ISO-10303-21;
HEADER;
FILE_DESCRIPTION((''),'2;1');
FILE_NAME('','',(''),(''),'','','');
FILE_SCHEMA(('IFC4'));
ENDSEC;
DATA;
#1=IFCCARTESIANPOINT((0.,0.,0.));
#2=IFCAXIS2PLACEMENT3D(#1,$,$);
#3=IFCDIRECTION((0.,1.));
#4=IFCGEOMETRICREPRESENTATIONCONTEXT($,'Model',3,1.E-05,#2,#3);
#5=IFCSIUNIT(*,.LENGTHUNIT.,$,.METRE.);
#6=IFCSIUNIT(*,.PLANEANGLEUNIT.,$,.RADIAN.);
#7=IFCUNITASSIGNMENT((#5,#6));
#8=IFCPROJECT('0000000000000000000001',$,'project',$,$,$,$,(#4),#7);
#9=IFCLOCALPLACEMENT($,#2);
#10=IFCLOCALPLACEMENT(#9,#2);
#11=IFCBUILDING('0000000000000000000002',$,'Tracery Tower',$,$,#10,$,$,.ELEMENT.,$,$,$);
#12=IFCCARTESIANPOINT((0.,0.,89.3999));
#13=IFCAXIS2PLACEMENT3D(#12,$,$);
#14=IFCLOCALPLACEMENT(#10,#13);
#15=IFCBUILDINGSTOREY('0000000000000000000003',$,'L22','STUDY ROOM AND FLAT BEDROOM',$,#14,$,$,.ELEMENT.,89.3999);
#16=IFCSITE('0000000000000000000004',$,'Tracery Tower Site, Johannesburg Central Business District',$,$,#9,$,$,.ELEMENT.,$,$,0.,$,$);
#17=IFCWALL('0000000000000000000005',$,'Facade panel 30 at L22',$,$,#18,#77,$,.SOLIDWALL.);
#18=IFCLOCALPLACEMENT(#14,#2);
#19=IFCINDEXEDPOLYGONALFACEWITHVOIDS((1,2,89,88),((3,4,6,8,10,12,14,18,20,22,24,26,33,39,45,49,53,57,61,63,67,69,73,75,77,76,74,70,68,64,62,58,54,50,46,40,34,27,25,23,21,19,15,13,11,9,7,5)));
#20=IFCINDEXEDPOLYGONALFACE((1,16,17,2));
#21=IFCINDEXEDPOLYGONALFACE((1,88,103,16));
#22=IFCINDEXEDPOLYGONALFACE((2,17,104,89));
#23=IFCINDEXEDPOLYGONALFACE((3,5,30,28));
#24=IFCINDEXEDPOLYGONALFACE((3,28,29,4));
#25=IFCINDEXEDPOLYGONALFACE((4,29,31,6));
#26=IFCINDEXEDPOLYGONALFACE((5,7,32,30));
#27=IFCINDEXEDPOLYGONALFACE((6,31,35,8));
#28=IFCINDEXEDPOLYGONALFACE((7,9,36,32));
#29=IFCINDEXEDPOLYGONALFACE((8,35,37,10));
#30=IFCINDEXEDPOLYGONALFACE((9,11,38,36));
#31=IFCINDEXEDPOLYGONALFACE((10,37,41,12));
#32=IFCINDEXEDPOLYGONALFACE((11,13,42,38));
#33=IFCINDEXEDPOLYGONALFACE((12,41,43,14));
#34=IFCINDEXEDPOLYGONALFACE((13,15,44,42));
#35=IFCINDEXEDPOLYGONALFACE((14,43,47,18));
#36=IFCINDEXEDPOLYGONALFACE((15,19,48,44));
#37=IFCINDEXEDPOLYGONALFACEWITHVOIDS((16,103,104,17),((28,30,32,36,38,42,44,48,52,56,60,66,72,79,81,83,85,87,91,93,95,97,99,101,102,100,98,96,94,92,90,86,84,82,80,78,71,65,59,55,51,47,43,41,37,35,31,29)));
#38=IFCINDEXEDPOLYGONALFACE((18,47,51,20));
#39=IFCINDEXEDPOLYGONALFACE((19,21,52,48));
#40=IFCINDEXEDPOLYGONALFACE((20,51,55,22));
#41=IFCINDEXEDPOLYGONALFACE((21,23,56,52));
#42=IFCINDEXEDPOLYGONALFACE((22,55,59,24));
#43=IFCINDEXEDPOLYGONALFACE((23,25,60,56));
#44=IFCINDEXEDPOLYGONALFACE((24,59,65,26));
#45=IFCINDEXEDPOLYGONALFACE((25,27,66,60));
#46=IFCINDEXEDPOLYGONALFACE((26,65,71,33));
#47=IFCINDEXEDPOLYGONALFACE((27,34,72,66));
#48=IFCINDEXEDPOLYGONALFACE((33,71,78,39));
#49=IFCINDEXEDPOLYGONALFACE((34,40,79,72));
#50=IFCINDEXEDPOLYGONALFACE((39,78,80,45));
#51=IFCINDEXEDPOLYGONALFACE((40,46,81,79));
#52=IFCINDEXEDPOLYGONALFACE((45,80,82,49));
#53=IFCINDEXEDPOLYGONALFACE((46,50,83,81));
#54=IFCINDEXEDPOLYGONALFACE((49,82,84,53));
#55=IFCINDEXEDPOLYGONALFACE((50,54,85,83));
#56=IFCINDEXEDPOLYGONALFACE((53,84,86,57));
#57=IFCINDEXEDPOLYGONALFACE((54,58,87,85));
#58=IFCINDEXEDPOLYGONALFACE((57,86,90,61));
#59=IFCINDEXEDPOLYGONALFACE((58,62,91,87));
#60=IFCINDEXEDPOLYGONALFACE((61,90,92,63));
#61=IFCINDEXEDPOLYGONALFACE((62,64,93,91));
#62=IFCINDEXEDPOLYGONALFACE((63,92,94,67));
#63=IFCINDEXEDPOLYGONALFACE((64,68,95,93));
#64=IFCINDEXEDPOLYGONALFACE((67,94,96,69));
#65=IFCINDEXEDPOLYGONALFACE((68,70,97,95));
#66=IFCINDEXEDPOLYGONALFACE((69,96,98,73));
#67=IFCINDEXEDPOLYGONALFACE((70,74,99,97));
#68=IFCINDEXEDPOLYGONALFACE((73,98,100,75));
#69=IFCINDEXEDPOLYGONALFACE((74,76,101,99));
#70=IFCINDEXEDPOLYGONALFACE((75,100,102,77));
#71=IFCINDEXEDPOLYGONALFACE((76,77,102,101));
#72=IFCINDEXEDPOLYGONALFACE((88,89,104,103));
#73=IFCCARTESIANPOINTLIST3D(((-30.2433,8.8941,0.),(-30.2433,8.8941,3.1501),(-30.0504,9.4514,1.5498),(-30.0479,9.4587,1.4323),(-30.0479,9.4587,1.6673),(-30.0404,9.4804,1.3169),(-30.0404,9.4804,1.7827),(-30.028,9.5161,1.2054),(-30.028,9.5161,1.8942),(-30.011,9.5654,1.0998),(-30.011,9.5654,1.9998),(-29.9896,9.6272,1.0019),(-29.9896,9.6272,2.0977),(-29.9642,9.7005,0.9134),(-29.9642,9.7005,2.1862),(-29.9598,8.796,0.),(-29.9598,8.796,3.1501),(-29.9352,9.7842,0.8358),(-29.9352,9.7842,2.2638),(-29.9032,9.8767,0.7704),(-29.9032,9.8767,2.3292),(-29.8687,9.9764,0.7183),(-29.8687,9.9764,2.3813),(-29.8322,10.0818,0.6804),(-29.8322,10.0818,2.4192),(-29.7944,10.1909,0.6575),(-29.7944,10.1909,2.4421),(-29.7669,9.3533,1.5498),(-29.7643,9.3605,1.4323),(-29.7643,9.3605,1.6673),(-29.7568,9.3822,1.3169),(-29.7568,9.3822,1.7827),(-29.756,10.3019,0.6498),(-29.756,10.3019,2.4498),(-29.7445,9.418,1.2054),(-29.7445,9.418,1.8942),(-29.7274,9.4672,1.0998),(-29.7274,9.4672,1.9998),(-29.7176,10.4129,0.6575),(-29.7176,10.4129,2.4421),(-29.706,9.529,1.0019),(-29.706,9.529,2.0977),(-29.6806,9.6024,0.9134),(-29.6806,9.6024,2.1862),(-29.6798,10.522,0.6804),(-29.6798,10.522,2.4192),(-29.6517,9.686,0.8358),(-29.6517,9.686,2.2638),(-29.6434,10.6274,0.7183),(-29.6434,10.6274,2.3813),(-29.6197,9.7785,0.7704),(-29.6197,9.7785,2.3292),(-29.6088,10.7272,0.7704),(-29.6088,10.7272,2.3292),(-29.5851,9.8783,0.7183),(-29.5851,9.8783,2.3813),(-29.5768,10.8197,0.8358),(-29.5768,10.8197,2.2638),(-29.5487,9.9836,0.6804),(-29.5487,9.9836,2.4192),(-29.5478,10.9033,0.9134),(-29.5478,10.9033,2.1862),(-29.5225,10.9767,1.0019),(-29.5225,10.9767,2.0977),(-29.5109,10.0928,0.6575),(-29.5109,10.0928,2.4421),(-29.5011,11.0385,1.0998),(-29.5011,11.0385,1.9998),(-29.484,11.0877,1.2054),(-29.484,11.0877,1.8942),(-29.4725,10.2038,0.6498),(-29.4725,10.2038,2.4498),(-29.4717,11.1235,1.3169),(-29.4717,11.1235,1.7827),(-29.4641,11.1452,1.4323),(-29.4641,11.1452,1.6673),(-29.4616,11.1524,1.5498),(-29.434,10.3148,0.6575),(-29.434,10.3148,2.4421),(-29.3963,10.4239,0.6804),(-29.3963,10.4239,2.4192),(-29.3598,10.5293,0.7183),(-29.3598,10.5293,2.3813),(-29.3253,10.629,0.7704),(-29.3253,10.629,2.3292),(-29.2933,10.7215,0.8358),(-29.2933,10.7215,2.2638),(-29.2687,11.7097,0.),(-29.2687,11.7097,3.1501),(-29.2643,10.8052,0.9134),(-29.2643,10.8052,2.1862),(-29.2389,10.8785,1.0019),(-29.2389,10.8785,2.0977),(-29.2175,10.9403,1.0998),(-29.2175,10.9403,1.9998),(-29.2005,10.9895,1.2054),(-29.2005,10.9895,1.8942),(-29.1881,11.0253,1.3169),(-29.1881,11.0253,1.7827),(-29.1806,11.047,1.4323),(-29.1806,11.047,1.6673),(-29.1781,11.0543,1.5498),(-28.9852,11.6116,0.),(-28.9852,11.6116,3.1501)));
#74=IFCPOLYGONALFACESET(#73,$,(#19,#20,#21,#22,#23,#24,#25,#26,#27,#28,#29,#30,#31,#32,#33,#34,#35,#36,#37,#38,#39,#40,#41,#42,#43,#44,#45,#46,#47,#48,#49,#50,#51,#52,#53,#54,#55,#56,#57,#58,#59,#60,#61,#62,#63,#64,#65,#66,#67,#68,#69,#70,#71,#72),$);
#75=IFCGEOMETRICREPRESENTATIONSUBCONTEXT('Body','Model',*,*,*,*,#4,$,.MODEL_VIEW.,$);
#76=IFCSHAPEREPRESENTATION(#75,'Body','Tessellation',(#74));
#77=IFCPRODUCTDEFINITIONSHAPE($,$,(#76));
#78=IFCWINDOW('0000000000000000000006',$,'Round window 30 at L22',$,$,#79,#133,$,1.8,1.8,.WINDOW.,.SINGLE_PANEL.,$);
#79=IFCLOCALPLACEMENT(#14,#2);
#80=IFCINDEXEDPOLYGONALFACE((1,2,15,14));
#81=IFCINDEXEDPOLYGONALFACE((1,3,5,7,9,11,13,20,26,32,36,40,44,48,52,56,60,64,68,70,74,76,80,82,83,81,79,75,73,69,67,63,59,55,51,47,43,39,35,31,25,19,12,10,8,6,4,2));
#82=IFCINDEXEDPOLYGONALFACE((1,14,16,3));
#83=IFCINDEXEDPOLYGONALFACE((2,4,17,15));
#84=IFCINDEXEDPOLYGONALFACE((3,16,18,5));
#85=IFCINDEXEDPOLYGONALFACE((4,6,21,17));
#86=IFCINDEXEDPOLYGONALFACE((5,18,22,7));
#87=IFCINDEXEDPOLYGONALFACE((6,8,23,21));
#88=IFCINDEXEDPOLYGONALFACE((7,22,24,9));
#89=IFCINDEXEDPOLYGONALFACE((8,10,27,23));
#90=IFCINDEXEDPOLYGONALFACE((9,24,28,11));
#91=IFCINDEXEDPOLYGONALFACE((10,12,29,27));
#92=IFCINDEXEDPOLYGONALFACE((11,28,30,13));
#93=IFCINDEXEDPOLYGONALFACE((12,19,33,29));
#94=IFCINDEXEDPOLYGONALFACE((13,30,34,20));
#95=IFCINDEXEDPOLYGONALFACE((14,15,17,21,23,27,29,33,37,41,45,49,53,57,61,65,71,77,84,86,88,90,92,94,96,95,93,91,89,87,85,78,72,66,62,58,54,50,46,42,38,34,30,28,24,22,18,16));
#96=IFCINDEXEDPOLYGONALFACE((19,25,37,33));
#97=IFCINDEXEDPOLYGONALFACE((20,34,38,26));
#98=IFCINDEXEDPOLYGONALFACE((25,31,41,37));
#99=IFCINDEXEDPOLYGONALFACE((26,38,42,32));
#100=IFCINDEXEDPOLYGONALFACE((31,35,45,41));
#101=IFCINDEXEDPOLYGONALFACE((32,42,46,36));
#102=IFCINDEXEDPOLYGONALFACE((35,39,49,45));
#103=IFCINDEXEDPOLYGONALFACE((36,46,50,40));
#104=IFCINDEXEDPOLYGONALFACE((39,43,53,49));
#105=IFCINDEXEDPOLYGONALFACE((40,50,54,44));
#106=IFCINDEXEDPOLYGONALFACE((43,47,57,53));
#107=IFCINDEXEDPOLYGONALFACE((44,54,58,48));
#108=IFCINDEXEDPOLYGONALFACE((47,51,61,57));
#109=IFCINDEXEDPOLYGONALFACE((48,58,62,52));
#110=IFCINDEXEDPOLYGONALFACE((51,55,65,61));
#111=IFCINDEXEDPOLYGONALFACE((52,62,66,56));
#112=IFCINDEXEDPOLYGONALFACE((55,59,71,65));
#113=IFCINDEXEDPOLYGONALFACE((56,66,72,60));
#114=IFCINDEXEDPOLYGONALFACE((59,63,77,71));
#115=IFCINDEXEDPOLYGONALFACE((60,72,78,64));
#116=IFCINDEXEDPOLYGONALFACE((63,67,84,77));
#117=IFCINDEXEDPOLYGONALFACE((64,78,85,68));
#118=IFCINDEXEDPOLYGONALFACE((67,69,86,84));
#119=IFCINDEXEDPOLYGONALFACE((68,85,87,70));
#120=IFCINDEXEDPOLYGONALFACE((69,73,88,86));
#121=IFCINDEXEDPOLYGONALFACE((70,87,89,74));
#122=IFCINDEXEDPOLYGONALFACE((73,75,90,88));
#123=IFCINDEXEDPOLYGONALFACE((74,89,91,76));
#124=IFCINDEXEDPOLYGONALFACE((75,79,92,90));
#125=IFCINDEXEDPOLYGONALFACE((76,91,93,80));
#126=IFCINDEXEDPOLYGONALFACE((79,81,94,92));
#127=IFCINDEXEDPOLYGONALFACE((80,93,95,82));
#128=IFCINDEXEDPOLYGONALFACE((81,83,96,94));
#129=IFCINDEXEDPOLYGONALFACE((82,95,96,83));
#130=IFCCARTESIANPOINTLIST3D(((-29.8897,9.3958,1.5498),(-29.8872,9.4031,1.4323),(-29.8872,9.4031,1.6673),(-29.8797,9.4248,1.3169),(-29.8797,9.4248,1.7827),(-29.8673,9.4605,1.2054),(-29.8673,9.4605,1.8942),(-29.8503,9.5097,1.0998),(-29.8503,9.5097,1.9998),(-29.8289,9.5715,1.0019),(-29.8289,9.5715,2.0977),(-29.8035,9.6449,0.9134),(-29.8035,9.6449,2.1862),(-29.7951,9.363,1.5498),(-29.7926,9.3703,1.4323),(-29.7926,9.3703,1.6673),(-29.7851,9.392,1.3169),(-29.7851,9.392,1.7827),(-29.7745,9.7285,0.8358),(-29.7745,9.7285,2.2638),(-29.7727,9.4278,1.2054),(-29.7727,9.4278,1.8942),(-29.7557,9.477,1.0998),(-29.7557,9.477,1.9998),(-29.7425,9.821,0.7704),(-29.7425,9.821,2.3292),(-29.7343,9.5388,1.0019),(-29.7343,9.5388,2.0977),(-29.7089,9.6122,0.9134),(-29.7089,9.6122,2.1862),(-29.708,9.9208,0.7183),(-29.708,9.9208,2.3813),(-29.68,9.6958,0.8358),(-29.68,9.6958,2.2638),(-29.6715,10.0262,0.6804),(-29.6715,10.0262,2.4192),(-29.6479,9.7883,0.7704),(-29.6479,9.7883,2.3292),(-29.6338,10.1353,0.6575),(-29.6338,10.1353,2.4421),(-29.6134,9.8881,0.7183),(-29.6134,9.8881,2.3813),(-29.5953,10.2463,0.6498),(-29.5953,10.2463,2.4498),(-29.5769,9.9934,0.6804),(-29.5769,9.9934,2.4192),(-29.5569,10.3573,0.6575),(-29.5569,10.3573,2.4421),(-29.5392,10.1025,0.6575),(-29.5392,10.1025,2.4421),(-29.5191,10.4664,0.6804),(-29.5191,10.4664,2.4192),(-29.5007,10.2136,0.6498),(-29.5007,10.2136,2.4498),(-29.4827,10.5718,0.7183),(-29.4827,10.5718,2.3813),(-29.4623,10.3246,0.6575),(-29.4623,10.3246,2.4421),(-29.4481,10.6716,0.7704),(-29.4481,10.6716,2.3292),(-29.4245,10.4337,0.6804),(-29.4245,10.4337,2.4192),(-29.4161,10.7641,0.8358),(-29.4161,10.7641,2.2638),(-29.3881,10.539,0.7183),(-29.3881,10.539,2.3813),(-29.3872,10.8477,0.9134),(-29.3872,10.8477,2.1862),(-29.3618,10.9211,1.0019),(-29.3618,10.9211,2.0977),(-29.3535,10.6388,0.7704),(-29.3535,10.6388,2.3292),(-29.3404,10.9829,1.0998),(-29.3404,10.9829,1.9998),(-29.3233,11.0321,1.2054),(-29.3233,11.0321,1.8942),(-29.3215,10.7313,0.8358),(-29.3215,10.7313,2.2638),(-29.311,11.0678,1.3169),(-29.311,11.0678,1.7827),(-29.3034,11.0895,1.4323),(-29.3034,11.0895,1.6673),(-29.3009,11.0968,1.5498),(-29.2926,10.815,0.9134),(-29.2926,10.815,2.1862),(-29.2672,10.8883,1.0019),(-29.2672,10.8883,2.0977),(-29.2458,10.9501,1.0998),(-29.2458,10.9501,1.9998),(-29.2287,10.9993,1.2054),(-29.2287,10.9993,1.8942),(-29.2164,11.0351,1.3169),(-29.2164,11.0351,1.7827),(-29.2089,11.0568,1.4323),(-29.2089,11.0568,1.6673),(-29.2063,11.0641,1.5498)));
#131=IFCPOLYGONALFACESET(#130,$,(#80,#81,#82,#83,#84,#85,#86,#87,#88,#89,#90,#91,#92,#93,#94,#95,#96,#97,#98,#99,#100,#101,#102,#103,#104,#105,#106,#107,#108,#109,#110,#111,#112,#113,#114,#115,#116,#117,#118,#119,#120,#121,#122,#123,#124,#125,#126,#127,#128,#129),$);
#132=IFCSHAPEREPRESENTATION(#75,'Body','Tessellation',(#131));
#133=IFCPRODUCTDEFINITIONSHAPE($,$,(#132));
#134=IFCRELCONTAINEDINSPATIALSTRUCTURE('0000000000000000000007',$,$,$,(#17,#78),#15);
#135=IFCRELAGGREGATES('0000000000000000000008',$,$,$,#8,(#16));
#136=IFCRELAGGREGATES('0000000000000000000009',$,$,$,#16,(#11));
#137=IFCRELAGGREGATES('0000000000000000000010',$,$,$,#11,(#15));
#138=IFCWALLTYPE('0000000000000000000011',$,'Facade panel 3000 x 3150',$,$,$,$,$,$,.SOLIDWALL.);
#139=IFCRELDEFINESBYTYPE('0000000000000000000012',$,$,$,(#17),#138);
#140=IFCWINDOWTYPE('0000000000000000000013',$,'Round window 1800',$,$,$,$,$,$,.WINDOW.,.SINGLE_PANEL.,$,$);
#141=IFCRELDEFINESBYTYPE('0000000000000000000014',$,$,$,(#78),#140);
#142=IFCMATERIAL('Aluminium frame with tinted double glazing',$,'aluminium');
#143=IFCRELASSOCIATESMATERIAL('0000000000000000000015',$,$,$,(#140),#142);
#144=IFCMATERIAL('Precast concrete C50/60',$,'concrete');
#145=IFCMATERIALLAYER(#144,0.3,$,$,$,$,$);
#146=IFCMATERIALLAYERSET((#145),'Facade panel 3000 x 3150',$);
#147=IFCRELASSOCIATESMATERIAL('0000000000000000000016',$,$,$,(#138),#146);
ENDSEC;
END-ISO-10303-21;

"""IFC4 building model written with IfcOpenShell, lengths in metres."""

from ifc_helpers import new_model, si_unit, direction, frame, frame_2d, origin, origin_2d, place, context, subcontext, project, spatial, rectangle, circle, extrude, material, layer, layer_set, type_object, element, fill, save


model = new_model("IFC4")

# Units and contexts
model_context = context("Model", 3, precision=1e-05, world=origin(), true_north=direction((0.0, 1.0)))
body_context = subcontext(model_context, "Body", "Model", "MODEL_VIEW")
ifc_project = project(units=[si_unit("LENGTHUNIT", "METRE"), si_unit("PLANEANGLEUNIT", "RADIAN")], contexts=[model_context])

# Site, building, storey
site_placement = place(None, origin())
site = spatial("IfcSite", under=ifc_project, at=site_placement, Name="Tracery Tower Site, Johannesburg Central Business District", CompositionType="ELEMENT", RefElevation=0.0)
building_placement = place(site_placement, origin())
building = spatial("IfcBuilding", under=site, at=building_placement, Name="Tracery Tower", CompositionType="ELEMENT")
storey_placement = place(building_placement, frame((0.0, 0.0, 89.3999)))
storey = spatial("IfcBuildingStorey", under=building, at=storey_placement, Name="L22", Description="STUDY ROOM AND FLAT BEDROOM", CompositionType="ELEMENT", Elevation=89.3999)

# Wall, opening, window
ifc_material_1 = material(Name="Aluminium frame with tinted double glazing", Category="aluminium")
window_type = type_object("IfcWindowType", Name="Round window 1800", PartitioningType="SINGLE_PANEL", PredefinedType="WINDOW", material=ifc_material_1)
ifc_material_2 = material(Name="Precast concrete C50/60", Category="concrete")
ifc_layer_1 = layer(ifc_material_2, 0.3)
ifc_layer_set_1 = layer_set([ifc_layer_1], Name="Facade panel 3000 x 3150")
wall_type_1 = type_object("IfcWallType", Name="Facade panel 3000 x 3150", PredefinedType="SOLIDWALL", material=ifc_layer_set_1)
wall_1_placement = place(storey_placement, frame((-29.127, 11.6606, 0.0), z_axis=(0.0, 0.0, 1.0), x_axis=(-0.327096, -0.944991, 0.0)))
wall_1 = element("IfcWall", 1, at=wall_1_placement, inside=storey, type_object=wall_type_1, Name="Facade panel 30 at L22", PredefinedType="SOLIDWALL", context=body_context, shape_type="SweptSolid", body=[
    extrude(rectangle(XDim=2.9795, YDim=0.3, at=frame_2d((1.4897, 0.0))), origin(), (0.0, 0.0, 1.0), 3.1501),
])
opening_1_placement = place(wall_1_placement, frame((1.4897, 0.0, 1.5498)))
opening_1 = element("IfcOpeningElement", 2, at=opening_1_placement, cuts=wall_1, PredefinedType="OPENING", context=body_context, shape_type="SweptSolid", body=[
    extrude(circle(Radius=0.9, at=origin_2d()), frame((0.0, 0.1599, 0.0), z_axis=(0.0, -1.0, 0.0), x_axis=(1.0, 0.0, 0.0)), (0.0, 0.0, 1.0), 0.3201),
])
window_1_placement = place(opening_1_placement, origin())
window_1 = element("IfcWindow", 3, at=window_1_placement, inside=storey, type_object=window_type, Name="Round window 30 at L22", OverallHeight=1.8, OverallWidth=1.8, PartitioningType="SINGLE_PANEL", PredefinedType="WINDOW", context=body_context, shape_type="SweptSolid", body=[
    extrude(circle(Radius=0.9, at=origin_2d()), frame((0.0, 0.1201, 0.0), z_axis=(0.0, -1.0, 0.0), x_axis=(1.0, 0.0, 0.0)), (0.0, 0.0, 1.0), 0.1001),
])
fill(opening_1, window_1)

save(model, "model.ifc")
